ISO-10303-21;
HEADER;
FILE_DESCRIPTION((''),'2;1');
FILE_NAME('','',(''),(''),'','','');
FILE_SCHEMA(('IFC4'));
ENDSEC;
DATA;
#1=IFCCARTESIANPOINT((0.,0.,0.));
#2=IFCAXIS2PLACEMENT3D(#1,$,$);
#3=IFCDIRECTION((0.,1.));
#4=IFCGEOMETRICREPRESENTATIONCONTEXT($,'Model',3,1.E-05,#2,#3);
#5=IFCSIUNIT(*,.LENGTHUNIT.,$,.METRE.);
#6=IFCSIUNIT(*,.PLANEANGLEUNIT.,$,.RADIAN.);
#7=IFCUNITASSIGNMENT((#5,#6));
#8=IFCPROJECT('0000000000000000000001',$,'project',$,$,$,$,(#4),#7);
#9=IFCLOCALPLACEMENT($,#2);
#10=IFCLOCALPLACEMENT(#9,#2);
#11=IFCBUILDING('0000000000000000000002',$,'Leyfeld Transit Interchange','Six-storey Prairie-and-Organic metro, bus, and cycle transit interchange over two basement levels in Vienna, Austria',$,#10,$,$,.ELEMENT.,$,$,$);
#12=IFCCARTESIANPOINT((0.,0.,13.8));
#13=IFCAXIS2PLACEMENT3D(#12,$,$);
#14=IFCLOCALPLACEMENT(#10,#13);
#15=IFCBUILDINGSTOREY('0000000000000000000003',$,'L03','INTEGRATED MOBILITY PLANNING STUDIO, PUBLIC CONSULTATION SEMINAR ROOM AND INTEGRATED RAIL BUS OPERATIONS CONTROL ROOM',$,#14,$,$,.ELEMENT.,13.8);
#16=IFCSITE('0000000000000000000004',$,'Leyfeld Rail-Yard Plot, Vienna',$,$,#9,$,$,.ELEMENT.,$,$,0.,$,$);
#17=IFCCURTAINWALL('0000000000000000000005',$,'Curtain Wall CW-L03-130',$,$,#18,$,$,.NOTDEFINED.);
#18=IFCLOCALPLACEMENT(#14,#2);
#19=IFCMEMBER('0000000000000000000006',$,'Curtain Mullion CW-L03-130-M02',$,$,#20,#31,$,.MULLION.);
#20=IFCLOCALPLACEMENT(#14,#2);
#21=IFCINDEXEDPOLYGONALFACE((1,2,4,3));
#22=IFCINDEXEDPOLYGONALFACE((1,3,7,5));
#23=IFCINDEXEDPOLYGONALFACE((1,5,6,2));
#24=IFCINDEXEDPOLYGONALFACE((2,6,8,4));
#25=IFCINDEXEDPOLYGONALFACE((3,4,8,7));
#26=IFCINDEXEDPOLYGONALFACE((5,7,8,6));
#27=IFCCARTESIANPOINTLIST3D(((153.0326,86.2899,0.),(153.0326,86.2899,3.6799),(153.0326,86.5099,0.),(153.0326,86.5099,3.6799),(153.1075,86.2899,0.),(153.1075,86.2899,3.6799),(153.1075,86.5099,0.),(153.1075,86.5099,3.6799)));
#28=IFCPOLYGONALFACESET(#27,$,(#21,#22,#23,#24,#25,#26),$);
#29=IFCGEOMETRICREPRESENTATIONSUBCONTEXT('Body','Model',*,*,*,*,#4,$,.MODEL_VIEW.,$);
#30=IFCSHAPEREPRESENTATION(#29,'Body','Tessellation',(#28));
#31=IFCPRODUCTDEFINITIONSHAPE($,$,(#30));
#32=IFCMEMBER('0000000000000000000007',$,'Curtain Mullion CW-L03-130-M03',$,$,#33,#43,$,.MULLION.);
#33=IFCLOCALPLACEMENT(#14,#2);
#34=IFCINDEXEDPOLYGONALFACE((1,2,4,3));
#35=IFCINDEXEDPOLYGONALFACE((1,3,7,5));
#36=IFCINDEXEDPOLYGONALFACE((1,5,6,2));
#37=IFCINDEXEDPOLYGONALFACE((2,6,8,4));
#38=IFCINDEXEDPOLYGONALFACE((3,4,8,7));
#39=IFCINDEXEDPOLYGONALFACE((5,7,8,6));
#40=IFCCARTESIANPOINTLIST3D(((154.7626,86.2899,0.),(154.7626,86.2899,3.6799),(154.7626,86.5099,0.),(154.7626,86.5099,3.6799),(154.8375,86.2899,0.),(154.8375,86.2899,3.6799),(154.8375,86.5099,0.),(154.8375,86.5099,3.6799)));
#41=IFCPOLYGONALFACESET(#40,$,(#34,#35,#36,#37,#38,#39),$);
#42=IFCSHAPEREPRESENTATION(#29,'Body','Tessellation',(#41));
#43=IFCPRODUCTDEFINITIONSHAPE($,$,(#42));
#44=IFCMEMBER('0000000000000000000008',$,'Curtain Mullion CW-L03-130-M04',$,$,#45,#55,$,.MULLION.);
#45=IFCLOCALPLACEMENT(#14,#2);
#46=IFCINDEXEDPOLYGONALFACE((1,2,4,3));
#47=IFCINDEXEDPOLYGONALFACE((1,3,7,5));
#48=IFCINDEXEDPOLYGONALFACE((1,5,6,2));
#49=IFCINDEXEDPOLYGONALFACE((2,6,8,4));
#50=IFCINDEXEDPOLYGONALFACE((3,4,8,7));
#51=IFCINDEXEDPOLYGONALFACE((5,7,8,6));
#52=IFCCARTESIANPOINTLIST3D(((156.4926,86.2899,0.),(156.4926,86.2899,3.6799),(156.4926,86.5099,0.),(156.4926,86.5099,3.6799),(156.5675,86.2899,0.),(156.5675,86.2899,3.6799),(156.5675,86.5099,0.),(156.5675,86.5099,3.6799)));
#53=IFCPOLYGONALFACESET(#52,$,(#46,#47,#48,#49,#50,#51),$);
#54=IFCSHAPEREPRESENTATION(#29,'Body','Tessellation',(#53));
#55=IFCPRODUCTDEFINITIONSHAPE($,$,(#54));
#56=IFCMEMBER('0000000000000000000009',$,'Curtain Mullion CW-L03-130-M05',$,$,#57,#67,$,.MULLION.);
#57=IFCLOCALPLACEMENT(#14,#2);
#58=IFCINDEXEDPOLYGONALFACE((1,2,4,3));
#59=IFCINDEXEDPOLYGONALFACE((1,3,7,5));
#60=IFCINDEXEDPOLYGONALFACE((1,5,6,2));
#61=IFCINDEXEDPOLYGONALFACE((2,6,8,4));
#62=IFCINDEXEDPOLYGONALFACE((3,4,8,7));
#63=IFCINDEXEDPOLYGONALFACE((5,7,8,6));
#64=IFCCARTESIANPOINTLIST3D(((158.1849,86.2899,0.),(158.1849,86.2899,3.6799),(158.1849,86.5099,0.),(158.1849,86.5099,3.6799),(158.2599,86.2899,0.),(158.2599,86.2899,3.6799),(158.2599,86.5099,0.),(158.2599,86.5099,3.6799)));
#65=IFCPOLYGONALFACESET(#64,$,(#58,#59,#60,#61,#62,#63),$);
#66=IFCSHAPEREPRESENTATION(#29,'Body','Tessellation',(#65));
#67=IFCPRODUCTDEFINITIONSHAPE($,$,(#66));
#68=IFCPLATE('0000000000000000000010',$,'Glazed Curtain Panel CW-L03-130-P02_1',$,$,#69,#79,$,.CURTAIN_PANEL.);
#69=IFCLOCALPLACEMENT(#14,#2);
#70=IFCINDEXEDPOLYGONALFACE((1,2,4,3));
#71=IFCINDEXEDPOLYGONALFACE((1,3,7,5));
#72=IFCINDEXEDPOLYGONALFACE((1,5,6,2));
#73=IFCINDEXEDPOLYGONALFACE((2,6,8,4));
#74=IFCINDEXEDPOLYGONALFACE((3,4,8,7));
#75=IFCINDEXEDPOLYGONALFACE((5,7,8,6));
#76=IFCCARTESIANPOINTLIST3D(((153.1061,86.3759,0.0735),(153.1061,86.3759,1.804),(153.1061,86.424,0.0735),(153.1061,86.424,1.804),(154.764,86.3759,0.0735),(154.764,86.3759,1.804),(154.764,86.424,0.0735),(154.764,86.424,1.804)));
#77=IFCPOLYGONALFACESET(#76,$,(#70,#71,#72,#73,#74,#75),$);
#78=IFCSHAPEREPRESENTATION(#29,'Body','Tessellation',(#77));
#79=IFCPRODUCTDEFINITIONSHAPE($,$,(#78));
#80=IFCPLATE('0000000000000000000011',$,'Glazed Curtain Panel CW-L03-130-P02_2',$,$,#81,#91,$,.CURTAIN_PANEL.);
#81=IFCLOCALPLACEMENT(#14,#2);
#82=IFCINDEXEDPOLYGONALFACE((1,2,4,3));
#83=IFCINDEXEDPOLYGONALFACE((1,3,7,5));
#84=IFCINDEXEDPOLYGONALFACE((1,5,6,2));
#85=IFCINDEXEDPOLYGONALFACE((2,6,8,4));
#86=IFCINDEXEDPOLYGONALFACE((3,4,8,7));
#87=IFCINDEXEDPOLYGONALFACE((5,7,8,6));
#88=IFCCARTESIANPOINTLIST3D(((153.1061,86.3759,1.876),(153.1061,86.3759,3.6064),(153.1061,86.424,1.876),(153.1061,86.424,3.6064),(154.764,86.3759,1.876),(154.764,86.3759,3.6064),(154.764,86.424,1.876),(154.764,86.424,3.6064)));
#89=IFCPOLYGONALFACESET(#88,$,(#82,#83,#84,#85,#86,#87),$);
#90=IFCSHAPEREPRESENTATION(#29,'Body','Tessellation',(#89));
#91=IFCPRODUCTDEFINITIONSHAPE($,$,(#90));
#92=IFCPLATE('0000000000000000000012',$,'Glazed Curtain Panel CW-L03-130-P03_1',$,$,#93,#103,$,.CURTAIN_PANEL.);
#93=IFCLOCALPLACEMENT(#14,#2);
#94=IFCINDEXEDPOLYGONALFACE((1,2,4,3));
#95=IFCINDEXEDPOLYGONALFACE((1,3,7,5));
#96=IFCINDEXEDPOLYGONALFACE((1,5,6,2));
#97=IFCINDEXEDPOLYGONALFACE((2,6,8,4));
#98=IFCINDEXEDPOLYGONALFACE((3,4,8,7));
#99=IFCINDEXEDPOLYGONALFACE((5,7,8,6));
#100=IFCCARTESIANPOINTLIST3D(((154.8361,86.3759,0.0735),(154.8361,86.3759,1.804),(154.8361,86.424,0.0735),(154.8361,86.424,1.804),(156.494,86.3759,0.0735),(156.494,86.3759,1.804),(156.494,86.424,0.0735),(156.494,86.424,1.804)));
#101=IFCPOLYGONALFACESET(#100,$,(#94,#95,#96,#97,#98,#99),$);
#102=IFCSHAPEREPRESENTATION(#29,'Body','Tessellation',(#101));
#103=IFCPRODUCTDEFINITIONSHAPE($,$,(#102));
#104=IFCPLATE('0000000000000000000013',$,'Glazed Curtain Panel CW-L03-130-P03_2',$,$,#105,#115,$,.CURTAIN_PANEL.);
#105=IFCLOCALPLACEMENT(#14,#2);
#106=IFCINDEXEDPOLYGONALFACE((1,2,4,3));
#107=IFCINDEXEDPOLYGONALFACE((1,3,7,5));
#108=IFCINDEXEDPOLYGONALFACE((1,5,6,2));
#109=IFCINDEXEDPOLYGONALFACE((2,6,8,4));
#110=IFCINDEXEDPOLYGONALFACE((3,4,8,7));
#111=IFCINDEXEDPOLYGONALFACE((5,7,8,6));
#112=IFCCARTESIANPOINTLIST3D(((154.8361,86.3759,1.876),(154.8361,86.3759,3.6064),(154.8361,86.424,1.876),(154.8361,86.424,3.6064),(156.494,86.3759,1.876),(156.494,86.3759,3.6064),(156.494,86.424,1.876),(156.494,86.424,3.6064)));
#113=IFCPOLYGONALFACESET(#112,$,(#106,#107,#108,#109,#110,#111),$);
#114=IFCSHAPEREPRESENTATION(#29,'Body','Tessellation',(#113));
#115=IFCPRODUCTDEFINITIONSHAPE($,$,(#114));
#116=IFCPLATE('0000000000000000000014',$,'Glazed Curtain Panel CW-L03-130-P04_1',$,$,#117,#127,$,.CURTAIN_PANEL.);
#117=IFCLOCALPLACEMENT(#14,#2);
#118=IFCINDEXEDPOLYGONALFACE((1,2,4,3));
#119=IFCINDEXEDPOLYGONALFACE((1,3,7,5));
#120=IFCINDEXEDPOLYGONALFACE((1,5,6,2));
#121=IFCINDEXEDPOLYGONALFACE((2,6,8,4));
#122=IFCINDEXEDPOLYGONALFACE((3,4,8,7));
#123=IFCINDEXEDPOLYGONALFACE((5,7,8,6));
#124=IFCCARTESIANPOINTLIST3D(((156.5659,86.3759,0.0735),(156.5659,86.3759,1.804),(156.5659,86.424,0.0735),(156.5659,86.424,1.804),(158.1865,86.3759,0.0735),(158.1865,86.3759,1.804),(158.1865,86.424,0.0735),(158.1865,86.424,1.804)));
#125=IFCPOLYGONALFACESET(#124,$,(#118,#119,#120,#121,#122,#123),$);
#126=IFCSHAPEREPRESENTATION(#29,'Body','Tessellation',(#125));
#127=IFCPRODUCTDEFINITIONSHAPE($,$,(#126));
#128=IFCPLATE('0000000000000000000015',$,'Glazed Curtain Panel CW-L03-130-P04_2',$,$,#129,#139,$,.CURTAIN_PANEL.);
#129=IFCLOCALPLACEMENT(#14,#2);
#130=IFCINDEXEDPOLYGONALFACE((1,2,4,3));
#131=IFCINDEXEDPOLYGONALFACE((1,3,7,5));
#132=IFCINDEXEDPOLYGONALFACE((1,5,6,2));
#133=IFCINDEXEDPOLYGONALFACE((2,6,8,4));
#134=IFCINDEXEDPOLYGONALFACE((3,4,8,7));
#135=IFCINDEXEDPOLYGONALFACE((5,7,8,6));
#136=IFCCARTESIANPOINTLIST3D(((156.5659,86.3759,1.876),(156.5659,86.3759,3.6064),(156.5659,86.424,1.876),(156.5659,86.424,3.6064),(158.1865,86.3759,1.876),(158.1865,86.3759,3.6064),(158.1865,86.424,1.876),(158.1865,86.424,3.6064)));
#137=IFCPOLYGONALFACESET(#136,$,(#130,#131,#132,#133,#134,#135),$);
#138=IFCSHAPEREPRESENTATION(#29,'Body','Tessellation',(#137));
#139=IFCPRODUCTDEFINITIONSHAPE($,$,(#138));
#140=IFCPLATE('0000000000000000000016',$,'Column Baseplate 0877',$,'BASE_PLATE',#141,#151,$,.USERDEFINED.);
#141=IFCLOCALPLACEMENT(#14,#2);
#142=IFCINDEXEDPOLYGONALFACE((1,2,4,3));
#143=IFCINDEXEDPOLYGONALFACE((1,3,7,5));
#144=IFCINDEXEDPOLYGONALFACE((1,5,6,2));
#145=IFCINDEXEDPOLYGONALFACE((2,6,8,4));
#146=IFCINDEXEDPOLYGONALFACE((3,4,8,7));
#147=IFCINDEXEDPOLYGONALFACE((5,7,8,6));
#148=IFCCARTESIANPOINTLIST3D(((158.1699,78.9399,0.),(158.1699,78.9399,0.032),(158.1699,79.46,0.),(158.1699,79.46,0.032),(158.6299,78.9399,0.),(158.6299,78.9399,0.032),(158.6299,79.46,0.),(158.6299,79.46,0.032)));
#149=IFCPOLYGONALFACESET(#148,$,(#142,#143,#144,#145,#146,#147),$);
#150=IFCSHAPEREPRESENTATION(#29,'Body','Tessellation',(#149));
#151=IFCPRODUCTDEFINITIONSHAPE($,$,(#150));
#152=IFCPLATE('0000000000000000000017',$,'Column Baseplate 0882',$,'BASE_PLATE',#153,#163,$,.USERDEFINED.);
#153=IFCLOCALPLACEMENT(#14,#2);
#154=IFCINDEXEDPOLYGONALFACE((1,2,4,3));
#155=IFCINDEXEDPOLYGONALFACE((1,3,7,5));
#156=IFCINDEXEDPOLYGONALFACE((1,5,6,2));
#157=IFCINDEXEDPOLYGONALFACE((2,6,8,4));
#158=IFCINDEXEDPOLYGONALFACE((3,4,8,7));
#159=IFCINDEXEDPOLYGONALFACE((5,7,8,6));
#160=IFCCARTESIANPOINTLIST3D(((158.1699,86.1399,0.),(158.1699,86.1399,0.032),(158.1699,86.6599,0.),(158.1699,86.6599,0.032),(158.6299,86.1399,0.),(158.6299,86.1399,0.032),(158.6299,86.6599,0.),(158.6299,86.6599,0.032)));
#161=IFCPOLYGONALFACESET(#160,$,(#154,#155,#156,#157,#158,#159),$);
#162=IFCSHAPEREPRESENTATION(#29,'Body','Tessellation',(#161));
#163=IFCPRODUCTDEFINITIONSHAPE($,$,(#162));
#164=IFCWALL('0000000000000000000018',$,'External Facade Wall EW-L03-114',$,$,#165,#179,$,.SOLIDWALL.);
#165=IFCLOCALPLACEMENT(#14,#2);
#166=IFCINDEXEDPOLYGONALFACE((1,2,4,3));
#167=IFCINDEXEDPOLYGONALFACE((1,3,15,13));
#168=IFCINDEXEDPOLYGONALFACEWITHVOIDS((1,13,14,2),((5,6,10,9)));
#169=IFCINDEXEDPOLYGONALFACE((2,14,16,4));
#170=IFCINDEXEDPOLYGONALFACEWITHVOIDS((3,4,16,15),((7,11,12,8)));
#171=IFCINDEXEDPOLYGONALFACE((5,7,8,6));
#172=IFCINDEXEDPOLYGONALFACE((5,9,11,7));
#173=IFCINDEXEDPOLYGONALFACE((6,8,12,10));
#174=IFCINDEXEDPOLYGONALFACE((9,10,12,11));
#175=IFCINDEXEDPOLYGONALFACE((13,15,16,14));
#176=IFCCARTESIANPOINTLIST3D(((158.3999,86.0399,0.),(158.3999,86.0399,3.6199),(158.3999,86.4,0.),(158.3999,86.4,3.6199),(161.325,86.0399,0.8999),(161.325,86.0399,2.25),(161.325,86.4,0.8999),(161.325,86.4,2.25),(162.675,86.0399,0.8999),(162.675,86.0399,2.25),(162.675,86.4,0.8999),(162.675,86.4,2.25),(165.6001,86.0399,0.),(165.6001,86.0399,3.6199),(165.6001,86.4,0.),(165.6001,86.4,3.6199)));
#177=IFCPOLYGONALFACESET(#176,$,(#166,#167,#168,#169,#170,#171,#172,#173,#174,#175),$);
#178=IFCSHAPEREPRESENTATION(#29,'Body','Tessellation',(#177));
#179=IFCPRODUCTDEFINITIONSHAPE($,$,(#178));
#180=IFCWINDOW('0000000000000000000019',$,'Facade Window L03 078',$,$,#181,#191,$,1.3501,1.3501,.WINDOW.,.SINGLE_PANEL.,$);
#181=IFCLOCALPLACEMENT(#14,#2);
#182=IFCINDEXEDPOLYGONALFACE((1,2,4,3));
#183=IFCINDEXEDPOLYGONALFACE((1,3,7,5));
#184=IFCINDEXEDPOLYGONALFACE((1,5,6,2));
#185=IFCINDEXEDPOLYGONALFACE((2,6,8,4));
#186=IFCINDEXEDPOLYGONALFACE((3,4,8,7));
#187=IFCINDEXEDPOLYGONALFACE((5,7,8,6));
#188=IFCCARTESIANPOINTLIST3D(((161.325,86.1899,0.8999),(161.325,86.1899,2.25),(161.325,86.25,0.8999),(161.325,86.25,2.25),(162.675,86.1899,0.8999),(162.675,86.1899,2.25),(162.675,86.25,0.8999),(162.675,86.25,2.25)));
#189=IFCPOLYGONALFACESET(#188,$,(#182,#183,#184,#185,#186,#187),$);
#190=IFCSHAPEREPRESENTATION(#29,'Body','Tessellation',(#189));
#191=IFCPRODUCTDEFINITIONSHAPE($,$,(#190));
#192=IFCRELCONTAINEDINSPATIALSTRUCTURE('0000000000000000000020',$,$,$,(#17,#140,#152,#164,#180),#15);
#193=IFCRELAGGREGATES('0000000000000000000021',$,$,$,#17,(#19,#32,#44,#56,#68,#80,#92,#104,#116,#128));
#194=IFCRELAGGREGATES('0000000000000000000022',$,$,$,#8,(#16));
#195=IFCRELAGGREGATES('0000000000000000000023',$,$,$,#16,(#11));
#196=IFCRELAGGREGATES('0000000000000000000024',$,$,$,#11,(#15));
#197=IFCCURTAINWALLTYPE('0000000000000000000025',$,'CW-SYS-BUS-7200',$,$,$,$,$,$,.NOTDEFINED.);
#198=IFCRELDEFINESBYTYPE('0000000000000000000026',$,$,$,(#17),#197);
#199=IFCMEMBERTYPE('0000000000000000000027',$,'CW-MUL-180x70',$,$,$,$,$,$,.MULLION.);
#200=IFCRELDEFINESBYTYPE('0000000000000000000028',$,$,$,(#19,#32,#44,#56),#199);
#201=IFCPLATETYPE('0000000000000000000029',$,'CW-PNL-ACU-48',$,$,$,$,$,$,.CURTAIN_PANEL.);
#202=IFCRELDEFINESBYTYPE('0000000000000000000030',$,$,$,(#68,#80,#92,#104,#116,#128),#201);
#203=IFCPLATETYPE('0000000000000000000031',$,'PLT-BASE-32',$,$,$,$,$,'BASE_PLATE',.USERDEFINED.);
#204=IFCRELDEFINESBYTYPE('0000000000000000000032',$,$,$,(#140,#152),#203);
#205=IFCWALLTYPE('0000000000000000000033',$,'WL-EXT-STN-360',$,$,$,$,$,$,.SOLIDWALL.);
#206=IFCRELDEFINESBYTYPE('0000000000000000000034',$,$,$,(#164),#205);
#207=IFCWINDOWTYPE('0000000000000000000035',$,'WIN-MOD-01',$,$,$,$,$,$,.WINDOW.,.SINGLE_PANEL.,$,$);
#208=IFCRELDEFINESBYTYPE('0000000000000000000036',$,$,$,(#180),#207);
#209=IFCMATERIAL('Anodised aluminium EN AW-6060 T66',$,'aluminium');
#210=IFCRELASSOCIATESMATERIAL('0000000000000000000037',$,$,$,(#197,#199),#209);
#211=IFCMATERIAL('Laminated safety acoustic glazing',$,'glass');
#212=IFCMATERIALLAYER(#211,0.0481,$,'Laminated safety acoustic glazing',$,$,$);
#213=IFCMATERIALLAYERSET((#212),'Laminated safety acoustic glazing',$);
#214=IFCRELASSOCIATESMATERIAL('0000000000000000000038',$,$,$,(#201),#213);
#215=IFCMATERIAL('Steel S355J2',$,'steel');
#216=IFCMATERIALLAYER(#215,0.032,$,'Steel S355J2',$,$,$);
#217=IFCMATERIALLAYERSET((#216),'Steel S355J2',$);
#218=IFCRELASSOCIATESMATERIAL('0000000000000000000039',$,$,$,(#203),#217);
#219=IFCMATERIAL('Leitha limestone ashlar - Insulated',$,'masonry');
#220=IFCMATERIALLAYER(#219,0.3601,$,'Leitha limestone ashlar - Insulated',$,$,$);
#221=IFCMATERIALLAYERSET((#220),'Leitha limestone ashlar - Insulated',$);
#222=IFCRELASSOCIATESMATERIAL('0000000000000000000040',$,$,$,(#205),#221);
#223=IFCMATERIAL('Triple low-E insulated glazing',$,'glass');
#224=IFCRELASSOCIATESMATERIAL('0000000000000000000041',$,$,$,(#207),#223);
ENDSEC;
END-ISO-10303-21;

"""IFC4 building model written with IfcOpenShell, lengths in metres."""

from ifc_helpers import new_model, si_unit, direction, frame, frame_2d, origin, origin_2d, place, context, subcontext, project, spatial, rectangle, extrude, material, layer, layer_set, material_profile, profile_set, type_object, element, fill, aggregate, save


model = new_model("IFC4")

# Units and contexts
model_context = context("Model", 3, precision=1e-05, world=origin(), true_north=direction((0.0, 1.0)))
body_context = subcontext(model_context, "Body", "Model", "MODEL_VIEW")
ifc_project = project(units=[si_unit("LENGTHUNIT", "METRE"), si_unit("PLANEANGLEUNIT", "RADIAN")], contexts=[model_context])

# Site, building, storey
site_placement = place(None, origin())
site = spatial("IfcSite", under=ifc_project, at=site_placement, Name="Leyfeld Rail-Yard Plot, Vienna", CompositionType="ELEMENT", RefElevation=0.0)
building_placement = place(site_placement, origin())
building = spatial("IfcBuilding", under=site, at=building_placement, Name="Leyfeld Transit Interchange", Description="Six-storey Prairie-and-Organic metro, bus, and cycle transit interchange over two basement levels in Vienna, Austria", CompositionType="ELEMENT")
storey_placement = place(building_placement, frame((0.0, 0.0, 13.8)))
storey = spatial("IfcBuildingStorey", under=building, at=storey_placement, Name="L03", Description="INTEGRATED MOBILITY PLANNING STUDIO, PUBLIC CONSULTATION SEMINAR ROOM AND INTEGRATED RAIL BUS OPERATIONS CONTROL ROOM", CompositionType="ELEMENT", Elevation=13.8)

# Shared definitions
ifc_material_1 = material(Name="Steel S355J2", Category="steel")

# Curtain wall, members, plates
ifc_material_2 = material(Name="Anodised aluminium EN AW-6060 T66", Category="aluminium")
curtain_wall_type = type_object("IfcCurtainWallType", Name="CW-SYS-BUS-7200", PredefinedType="NOTDEFINED", material=ifc_material_2)
curtain_wall_placement = place(storey_placement, origin())
curtain_wall = element("IfcCurtainWall", 1, at=curtain_wall_placement, inside=storey, type_object=curtain_wall_type, Name="Curtain Wall CW-L03-130", PredefinedType="NOTDEFINED")
ifc_material_profile_1 = material_profile(ifc_material_2, rectangle(XDim=0.075, YDim=0.22, at=origin_2d()), Name="CW-M 75x220")
ifc_profile_set_1 = profile_set([ifc_material_profile_1], Name="Anodised aluminium EN AW-6060 T66")
member_type = type_object("IfcMemberType", Name="CW-MUL-180x70", PredefinedType="MULLION", material=ifc_profile_set_1)
member_1_placement = place(storey_placement, frame((153.0701, 86.3999, 0.0), z_axis=(0.0, 0.0, 1.0), x_axis=(1.0, 0.0, 0.0)))
member_1 = element("IfcMember", 2, at=member_1_placement, type_object=member_type, Name="Curtain Mullion CW-L03-130-M02", PredefinedType="MULLION", context=body_context, shape_type="SweptSolid", body=[
    extrude(rectangle(XDim=0.075, YDim=0.22, at=origin_2d()), origin(), (0.0, 0.0, 1.0), 3.6799),
])
member_2_placement = place(storey_placement, frame((154.8, 86.3999, 0.0), z_axis=(0.0, 0.0, 1.0), x_axis=(1.0, 0.0, 0.0)))
member_2 = element("IfcMember", 3, at=member_2_placement, type_object=member_type, Name="Curtain Mullion CW-L03-130-M03", PredefinedType="MULLION", context=body_context, shape_type="SweptSolid", body=[
    extrude(rectangle(XDim=0.075, YDim=0.22, at=origin_2d()), origin(), (0.0, 0.0, 1.0), 3.6799),
])
member_3_placement = place(storey_placement, frame((156.53, 86.3999, 0.0), z_axis=(0.0, 0.0, 1.0), x_axis=(1.0, 0.0, 0.0)))
member_3 = element("IfcMember", 4, at=member_3_placement, type_object=member_type, Name="Curtain Mullion CW-L03-130-M04", PredefinedType="MULLION", context=body_context, shape_type="SweptSolid", body=[
    extrude(rectangle(XDim=0.075, YDim=0.22, at=origin_2d()), origin(), (0.0, 0.0, 1.0), 3.6799),
])
member_4_placement = place(storey_placement, frame((158.2224, 86.3999, 0.0), z_axis=(0.0, 0.0, 1.0), x_axis=(1.0, 0.0, 0.0)))
member_4 = element("IfcMember", 5, at=member_4_placement, type_object=member_type, Name="Curtain Mullion CW-L03-130-M05", PredefinedType="MULLION", context=body_context, shape_type="SweptSolid", body=[
    extrude(rectangle(XDim=0.075, YDim=0.22, at=origin_2d()), origin(), (0.0, 0.0, 1.0), 3.6799),
])
ifc_material_3 = material(Name="Laminated safety acoustic glazing", Category="glass")
ifc_layer_1 = layer(ifc_material_3, 0.0481, Name="Laminated safety acoustic glazing")
ifc_layer_set_1 = layer_set([ifc_layer_1], Name="Laminated safety acoustic glazing")
plate_type_1 = type_object("IfcPlateType", Name="CW-PNL-ACU-48", PredefinedType="CURTAIN_PANEL", material=ifc_layer_set_1)
plate_1_placement = place(storey_placement, frame((153.9351, 86.3999, 0.0735), z_axis=(0.0, 0.0, 1.0), x_axis=(1.0, 0.0, 0.0)))
plate_1 = element("IfcPlate", 6, at=plate_1_placement, type_object=plate_type_1, Name="Glazed Curtain Panel CW-L03-130-P02_1", PredefinedType="CURTAIN_PANEL", context=body_context, shape_type="SweptSolid", body=[
    extrude(rectangle(XDim=1.658, YDim=0.0481, at=origin_2d()), origin(), (0.0, 0.0, 1.0), 1.7305),
])
plate_2_placement = place(storey_placement, frame((153.9351, 86.3999, 1.876), z_axis=(0.0, 0.0, 1.0), x_axis=(1.0, 0.0, 0.0)))
plate_2 = element("IfcPlate", 7, at=plate_2_placement, type_object=plate_type_1, Name="Glazed Curtain Panel CW-L03-130-P02_2", PredefinedType="CURTAIN_PANEL", context=body_context, shape_type="SweptSolid", body=[
    extrude(rectangle(XDim=1.658, YDim=0.0481, at=origin_2d()), origin(), (0.0, 0.0, 1.0), 1.7305),
])
plate_3_placement = place(storey_placement, frame((155.665, 86.3999, 0.0735), z_axis=(0.0, 0.0, 1.0), x_axis=(1.0, 0.0, 0.0)))
plate_3 = element("IfcPlate", 8, at=plate_3_placement, type_object=plate_type_1, Name="Glazed Curtain Panel CW-L03-130-P03_1", PredefinedType="CURTAIN_PANEL", context=body_context, shape_type="SweptSolid", body=[
    extrude(rectangle(XDim=1.658, YDim=0.0481, at=origin_2d()), origin(), (0.0, 0.0, 1.0), 1.7305),
])
plate_4_placement = place(storey_placement, frame((155.665, 86.3999, 1.876), z_axis=(0.0, 0.0, 1.0), x_axis=(1.0, 0.0, 0.0)))
plate_4 = element("IfcPlate", 9, at=plate_4_placement, type_object=plate_type_1, Name="Glazed Curtain Panel CW-L03-130-P03_2", PredefinedType="CURTAIN_PANEL", context=body_context, shape_type="SweptSolid", body=[
    extrude(rectangle(XDim=1.658, YDim=0.0481, at=origin_2d()), origin(), (0.0, 0.0, 1.0), 1.7305),
])
plate_5_placement = place(storey_placement, frame((157.3762, 86.3999, 0.0735), z_axis=(0.0, 0.0, 1.0), x_axis=(1.0, 0.0, 0.0)))
plate_5 = element("IfcPlate", 10, at=plate_5_placement, type_object=plate_type_1, Name="Glazed Curtain Panel CW-L03-130-P04_1", PredefinedType="CURTAIN_PANEL", context=body_context, shape_type="SweptSolid", body=[
    extrude(rectangle(XDim=1.6206, YDim=0.0481, at=origin_2d()), origin(), (0.0, 0.0, 1.0), 1.7305),
])
plate_6_placement = place(storey_placement, frame((157.3762, 86.3999, 1.876), z_axis=(0.0, 0.0, 1.0), x_axis=(1.0, 0.0, 0.0)))
plate_6 = element("IfcPlate", 11, at=plate_6_placement, type_object=plate_type_1, Name="Glazed Curtain Panel CW-L03-130-P04_2", PredefinedType="CURTAIN_PANEL", context=body_context, shape_type="SweptSolid", body=[
    extrude(rectangle(XDim=1.6206, YDim=0.0481, at=origin_2d()), origin(), (0.0, 0.0, 1.0), 1.7305),
])
aggregate(curtain_wall, [member_1, member_2, member_3, member_4, plate_1, plate_2, plate_3, plate_4, plate_5, plate_6])

# Plates
ifc_layer_2 = layer(ifc_material_1, 0.032, Name="Steel S355J2")
ifc_layer_set_2 = layer_set([ifc_layer_2], Name="Steel S355J2")
plate_type_2 = type_object("IfcPlateType", Name="PLT-BASE-32", ElementType="BASE_PLATE", PredefinedType="USERDEFINED", material=ifc_layer_set_2)
for number, where, z_axis, x_axis, name in (
    (12, (158.3999, 79.2, 0.0), (0.0, 0.0, 1.0), (1.0, 0.0, 0.0), "Column Baseplate 0877"),
    (13, (158.3999, 86.3999, 0.0), (0.0, 0.0, 1.0), (1.0, 0.0, 0.0), "Column Baseplate 0882"),
):
    element("IfcPlate", number, at=place(storey_placement, frame(where, z_axis=z_axis, x_axis=x_axis)), inside=storey, type_object=plate_type_2, Name=name, ObjectType="BASE_PLATE", PredefinedType="USERDEFINED", context=body_context, shape_type="SweptSolid", body=[
        extrude(rectangle(XDim=0.46, YDim=0.52, at=origin_2d()), origin(), (0.0, 0.0, 1.0), 0.032),
    ])

# Wall, opening, window
ifc_material_4 = material(Name="Leitha limestone ashlar - Insulated", Category="masonry")
ifc_layer_3 = layer(ifc_material_4, 0.3601, Name="Leitha limestone ashlar - Insulated")
ifc_layer_set_3 = layer_set([ifc_layer_3], Name="Leitha limestone ashlar - Insulated")
wall_type_1 = type_object("IfcWallType", Name="WL-EXT-STN-360", PredefinedType="SOLIDWALL", material=ifc_layer_set_3)
wall_1_placement = place(storey_placement, frame((158.3999, 86.22, 0.0), z_axis=(0.0, 0.0, 1.0), x_axis=(1.0, 0.0, 0.0)))
wall_1 = element("IfcWall", 14, at=wall_1_placement, inside=storey, type_object=wall_type_1, Name="External Facade Wall EW-L03-114", PredefinedType="SOLIDWALL", context=body_context, shape_type="SweptSolid", body=[
    extrude(rectangle(XDim=7.2002, YDim=0.3601, at=frame_2d((3.6001, 0.0))), origin(), (0.0, 0.0, 1.0), 3.6199),
])
opening_1_placement = place(wall_1_placement, frame((2.925, 0.0, 0.8999)))
opening_1 = element("IfcOpeningElement", 15, at=opening_1_placement, cuts=wall_1, PredefinedType="OPENING", context=body_context, shape_type="SweptSolid", body=[
    extrude(rectangle(XDim=1.3501, YDim=1.3501, at=frame_2d((0.675, 0.675))), frame((0.0, 0.1899, 0.0), z_axis=(0.0, -1.0, 0.0), x_axis=(1.0, 0.0, 0.0)), (0.0, 0.0, 1.0), 0.3801),
])
ifc_material_5 = material(Name="Triple low-E insulated glazing", Category="glass")
window_type = type_object("IfcWindowType", Name="WIN-MOD-01", PartitioningType="SINGLE_PANEL", PredefinedType="WINDOW", material=ifc_material_5)
window_placement = place(opening_1_placement, origin())
window = element("IfcWindow", 16, at=window_placement, inside=storey, type_object=window_type, Name="Facade Window L03 078", OverallHeight=1.3501, OverallWidth=1.3501, PartitioningType="SINGLE_PANEL", PredefinedType="WINDOW", context=body_context, shape_type="SweptSolid", body=[
    extrude(rectangle(XDim=1.3501, YDim=1.3501, at=frame_2d((0.675, 0.675))), frame((0.0, 0.03, 0.0), z_axis=(0.0, -1.0, 0.0), x_axis=(1.0, 0.0, 0.0)), (0.0, 0.0, 1.0), 0.0601),
])
fill(opening_1, window)

save(model, "model.ifc")
